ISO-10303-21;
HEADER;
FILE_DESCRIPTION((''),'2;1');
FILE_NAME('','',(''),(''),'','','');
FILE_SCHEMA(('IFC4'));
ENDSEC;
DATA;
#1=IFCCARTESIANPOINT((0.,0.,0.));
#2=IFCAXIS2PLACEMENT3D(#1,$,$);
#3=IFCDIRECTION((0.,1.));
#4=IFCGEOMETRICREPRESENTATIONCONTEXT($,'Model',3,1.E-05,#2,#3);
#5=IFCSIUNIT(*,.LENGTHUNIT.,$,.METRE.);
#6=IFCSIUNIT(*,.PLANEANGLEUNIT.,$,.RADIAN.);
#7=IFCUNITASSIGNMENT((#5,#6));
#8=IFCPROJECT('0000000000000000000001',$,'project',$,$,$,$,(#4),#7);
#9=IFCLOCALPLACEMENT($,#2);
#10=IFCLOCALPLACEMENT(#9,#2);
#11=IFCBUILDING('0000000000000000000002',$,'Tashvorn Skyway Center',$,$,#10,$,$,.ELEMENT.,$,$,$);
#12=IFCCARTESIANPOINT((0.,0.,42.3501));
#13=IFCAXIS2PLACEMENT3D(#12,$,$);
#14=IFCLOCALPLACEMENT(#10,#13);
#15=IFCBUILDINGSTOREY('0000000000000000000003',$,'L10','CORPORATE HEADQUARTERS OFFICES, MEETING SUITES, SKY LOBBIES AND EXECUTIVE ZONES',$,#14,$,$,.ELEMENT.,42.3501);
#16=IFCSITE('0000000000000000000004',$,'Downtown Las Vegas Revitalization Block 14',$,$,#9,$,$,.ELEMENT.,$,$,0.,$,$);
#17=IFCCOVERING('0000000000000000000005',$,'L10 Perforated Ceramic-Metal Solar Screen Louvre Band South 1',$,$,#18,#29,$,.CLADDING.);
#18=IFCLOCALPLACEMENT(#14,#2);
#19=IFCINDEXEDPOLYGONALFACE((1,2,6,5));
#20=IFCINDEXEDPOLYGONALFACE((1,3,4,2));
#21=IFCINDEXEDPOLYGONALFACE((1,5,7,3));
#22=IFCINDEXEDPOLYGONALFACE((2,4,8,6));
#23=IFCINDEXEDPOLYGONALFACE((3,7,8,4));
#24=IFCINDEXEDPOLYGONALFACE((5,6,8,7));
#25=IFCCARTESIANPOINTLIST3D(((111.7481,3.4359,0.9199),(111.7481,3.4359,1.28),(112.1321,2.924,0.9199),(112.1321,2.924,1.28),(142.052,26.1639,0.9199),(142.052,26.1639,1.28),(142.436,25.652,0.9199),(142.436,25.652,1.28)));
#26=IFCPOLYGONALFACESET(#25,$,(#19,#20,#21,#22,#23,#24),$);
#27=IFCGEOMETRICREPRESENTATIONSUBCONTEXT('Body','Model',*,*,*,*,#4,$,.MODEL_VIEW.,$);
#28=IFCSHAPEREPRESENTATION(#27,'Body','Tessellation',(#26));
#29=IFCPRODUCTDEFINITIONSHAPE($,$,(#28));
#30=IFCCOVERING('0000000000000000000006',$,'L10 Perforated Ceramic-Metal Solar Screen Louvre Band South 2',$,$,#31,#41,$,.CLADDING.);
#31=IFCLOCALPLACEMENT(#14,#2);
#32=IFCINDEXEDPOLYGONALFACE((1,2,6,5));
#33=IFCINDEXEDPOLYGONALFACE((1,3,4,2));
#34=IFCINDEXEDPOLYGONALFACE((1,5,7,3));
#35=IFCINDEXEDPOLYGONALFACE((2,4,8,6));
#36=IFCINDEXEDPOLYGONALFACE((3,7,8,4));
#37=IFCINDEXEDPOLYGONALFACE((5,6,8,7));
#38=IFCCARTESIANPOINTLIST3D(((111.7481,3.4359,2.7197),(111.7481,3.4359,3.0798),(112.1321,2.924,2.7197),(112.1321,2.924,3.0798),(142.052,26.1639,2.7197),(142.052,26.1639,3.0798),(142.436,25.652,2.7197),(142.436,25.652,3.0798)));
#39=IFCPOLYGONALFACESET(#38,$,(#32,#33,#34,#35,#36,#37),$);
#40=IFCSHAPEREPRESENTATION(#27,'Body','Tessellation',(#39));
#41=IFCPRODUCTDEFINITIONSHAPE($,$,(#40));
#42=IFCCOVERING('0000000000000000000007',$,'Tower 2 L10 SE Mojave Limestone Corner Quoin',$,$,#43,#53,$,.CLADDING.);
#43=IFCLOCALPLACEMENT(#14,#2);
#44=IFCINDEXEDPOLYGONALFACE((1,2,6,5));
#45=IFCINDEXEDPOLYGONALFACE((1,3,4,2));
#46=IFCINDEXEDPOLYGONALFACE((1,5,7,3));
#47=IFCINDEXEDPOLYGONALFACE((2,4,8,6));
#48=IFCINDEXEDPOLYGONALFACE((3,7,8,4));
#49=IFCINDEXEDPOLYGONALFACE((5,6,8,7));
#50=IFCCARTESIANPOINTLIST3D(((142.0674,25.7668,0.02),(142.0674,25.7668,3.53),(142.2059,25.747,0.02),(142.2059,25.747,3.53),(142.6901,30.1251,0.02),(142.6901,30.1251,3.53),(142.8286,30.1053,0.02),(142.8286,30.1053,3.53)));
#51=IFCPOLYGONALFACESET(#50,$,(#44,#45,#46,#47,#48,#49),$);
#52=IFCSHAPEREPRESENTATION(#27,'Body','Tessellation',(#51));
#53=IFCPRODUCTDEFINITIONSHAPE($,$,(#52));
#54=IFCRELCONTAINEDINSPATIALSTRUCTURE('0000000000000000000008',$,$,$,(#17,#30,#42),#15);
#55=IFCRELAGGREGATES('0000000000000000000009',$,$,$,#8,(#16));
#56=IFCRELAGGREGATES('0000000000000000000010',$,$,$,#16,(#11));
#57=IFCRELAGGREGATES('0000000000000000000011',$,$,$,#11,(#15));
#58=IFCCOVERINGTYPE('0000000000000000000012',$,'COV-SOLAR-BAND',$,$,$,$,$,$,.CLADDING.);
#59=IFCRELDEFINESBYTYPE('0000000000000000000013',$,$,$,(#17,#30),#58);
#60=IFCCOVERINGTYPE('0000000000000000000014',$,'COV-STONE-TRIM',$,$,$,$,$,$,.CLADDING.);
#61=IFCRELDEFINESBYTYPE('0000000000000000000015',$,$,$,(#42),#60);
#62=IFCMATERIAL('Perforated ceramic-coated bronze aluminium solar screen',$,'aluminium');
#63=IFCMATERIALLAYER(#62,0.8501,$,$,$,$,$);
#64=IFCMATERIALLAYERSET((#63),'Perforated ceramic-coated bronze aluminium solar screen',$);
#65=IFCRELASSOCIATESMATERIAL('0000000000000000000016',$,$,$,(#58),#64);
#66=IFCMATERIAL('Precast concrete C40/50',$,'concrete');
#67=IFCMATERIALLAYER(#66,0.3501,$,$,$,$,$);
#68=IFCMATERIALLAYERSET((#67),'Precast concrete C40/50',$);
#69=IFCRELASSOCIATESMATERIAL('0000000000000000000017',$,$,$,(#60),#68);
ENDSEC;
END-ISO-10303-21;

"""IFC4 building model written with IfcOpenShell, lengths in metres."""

from ifc_helpers import new_model, si_unit, direction, frame, origin, origin_2d, place, context, subcontext, project, spatial, rectangle, extrude, material, layer, layer_set, type_object, element, save


model = new_model("IFC4")

# Units and contexts
model_context = context("Model", 3, precision=1e-05, world=origin(), true_north=direction((0.0, 1.0)))
body_context = subcontext(model_context, "Body", "Model", "MODEL_VIEW")
ifc_project = project(units=[si_unit("LENGTHUNIT", "METRE"), si_unit("PLANEANGLEUNIT", "RADIAN")], contexts=[model_context])

# Site, building, storey
site_placement = place(None, origin())
site = spatial("IfcSite", under=ifc_project, at=site_placement, Name="Downtown Las Vegas Revitalization Block 14", CompositionType="ELEMENT", RefElevation=0.0)
building_placement = place(site_placement, origin())
building = spatial("IfcBuilding", under=site, at=building_placement, Name="Tashvorn Skyway Center", CompositionType="ELEMENT")
storey_placement = place(building_placement, frame((0.0, 0.0, 42.3501)))
storey = spatial("IfcBuildingStorey", under=building, at=storey_placement, Name="L10", Description="CORPORATE HEADQUARTERS OFFICES, MEETING SUITES, SKY LOBBIES AND EXECUTIVE ZONES", CompositionType="ELEMENT", Elevation=42.3501)

# Shared definitions
ifc_material_1 = material(Name="Precast concrete C40/50", Category="concrete")

# Coverings
ifc_material_2 = material(Name="Perforated ceramic-coated bronze aluminium solar screen", Category="aluminium")
ifc_layer_1 = layer(ifc_material_2, 0.8501)
ifc_layer_set_1 = layer_set([ifc_layer_1], Name="Perforated ceramic-coated bronze aluminium solar screen")
covering_type_1 = type_object("IfcCoveringType", Name="COV-SOLAR-BAND", PredefinedType="CLADDING", material=ifc_layer_set_1)
for number, where, z_axis, x_axis, name in (
    (1, (127.092, 14.5439, 0.9199), (0.0, 0.0, 1.0), (-0.8, -0.6, 0.0), "L10 Perforated Ceramic-Metal Solar Screen Louvre Band South 1"),
    (2, (127.092, 14.5439, 2.7197), (0.0, 0.0, 1.0), (-0.8, -0.6, 0.0), "L10 Perforated Ceramic-Metal Solar Screen Louvre Band South 2"),
):
    element("IfcCovering", number, at=place(storey_placement, frame(where, z_axis=z_axis, x_axis=x_axis)), inside=storey, type_object=covering_type_1, Name=name, PredefinedType="CLADDING", context=body_context, shape_type="SweptSolid", body=[
        extrude(rectangle(XDim=37.8799, YDim=0.6399, at=origin_2d()), origin(), (0.0, 0.0, 1.0), 0.3601),
    ])
ifc_layer_2 = layer(ifc_material_1, 0.3501)
ifc_layer_set_2 = layer_set([ifc_layer_2], Name="Precast concrete C40/50")
covering_type_2 = type_object("IfcCoveringType", Name="COV-STONE-TRIM", PredefinedType="CLADDING", material=ifc_layer_set_2)
covering_1_placement = place(storey_placement, frame((142.448, 27.936, 0.02), z_axis=(0.0, 0.0, 1.0), x_axis=(0.141421, 0.989949, 0.0)))
element("IfcCovering", 3, at=covering_1_placement, inside=storey, type_object=covering_type_2, Name="Tower 2 L10 SE Mojave Limestone Corner Quoin", PredefinedType="CLADDING", context=body_context, shape_type="SweptSolid", body=[
    extrude(rectangle(XDim=4.4026, YDim=0.1399, at=origin_2d()), origin(), (0.0, 0.0, 1.0), 3.51),
])

save(model, "model.ifc")
